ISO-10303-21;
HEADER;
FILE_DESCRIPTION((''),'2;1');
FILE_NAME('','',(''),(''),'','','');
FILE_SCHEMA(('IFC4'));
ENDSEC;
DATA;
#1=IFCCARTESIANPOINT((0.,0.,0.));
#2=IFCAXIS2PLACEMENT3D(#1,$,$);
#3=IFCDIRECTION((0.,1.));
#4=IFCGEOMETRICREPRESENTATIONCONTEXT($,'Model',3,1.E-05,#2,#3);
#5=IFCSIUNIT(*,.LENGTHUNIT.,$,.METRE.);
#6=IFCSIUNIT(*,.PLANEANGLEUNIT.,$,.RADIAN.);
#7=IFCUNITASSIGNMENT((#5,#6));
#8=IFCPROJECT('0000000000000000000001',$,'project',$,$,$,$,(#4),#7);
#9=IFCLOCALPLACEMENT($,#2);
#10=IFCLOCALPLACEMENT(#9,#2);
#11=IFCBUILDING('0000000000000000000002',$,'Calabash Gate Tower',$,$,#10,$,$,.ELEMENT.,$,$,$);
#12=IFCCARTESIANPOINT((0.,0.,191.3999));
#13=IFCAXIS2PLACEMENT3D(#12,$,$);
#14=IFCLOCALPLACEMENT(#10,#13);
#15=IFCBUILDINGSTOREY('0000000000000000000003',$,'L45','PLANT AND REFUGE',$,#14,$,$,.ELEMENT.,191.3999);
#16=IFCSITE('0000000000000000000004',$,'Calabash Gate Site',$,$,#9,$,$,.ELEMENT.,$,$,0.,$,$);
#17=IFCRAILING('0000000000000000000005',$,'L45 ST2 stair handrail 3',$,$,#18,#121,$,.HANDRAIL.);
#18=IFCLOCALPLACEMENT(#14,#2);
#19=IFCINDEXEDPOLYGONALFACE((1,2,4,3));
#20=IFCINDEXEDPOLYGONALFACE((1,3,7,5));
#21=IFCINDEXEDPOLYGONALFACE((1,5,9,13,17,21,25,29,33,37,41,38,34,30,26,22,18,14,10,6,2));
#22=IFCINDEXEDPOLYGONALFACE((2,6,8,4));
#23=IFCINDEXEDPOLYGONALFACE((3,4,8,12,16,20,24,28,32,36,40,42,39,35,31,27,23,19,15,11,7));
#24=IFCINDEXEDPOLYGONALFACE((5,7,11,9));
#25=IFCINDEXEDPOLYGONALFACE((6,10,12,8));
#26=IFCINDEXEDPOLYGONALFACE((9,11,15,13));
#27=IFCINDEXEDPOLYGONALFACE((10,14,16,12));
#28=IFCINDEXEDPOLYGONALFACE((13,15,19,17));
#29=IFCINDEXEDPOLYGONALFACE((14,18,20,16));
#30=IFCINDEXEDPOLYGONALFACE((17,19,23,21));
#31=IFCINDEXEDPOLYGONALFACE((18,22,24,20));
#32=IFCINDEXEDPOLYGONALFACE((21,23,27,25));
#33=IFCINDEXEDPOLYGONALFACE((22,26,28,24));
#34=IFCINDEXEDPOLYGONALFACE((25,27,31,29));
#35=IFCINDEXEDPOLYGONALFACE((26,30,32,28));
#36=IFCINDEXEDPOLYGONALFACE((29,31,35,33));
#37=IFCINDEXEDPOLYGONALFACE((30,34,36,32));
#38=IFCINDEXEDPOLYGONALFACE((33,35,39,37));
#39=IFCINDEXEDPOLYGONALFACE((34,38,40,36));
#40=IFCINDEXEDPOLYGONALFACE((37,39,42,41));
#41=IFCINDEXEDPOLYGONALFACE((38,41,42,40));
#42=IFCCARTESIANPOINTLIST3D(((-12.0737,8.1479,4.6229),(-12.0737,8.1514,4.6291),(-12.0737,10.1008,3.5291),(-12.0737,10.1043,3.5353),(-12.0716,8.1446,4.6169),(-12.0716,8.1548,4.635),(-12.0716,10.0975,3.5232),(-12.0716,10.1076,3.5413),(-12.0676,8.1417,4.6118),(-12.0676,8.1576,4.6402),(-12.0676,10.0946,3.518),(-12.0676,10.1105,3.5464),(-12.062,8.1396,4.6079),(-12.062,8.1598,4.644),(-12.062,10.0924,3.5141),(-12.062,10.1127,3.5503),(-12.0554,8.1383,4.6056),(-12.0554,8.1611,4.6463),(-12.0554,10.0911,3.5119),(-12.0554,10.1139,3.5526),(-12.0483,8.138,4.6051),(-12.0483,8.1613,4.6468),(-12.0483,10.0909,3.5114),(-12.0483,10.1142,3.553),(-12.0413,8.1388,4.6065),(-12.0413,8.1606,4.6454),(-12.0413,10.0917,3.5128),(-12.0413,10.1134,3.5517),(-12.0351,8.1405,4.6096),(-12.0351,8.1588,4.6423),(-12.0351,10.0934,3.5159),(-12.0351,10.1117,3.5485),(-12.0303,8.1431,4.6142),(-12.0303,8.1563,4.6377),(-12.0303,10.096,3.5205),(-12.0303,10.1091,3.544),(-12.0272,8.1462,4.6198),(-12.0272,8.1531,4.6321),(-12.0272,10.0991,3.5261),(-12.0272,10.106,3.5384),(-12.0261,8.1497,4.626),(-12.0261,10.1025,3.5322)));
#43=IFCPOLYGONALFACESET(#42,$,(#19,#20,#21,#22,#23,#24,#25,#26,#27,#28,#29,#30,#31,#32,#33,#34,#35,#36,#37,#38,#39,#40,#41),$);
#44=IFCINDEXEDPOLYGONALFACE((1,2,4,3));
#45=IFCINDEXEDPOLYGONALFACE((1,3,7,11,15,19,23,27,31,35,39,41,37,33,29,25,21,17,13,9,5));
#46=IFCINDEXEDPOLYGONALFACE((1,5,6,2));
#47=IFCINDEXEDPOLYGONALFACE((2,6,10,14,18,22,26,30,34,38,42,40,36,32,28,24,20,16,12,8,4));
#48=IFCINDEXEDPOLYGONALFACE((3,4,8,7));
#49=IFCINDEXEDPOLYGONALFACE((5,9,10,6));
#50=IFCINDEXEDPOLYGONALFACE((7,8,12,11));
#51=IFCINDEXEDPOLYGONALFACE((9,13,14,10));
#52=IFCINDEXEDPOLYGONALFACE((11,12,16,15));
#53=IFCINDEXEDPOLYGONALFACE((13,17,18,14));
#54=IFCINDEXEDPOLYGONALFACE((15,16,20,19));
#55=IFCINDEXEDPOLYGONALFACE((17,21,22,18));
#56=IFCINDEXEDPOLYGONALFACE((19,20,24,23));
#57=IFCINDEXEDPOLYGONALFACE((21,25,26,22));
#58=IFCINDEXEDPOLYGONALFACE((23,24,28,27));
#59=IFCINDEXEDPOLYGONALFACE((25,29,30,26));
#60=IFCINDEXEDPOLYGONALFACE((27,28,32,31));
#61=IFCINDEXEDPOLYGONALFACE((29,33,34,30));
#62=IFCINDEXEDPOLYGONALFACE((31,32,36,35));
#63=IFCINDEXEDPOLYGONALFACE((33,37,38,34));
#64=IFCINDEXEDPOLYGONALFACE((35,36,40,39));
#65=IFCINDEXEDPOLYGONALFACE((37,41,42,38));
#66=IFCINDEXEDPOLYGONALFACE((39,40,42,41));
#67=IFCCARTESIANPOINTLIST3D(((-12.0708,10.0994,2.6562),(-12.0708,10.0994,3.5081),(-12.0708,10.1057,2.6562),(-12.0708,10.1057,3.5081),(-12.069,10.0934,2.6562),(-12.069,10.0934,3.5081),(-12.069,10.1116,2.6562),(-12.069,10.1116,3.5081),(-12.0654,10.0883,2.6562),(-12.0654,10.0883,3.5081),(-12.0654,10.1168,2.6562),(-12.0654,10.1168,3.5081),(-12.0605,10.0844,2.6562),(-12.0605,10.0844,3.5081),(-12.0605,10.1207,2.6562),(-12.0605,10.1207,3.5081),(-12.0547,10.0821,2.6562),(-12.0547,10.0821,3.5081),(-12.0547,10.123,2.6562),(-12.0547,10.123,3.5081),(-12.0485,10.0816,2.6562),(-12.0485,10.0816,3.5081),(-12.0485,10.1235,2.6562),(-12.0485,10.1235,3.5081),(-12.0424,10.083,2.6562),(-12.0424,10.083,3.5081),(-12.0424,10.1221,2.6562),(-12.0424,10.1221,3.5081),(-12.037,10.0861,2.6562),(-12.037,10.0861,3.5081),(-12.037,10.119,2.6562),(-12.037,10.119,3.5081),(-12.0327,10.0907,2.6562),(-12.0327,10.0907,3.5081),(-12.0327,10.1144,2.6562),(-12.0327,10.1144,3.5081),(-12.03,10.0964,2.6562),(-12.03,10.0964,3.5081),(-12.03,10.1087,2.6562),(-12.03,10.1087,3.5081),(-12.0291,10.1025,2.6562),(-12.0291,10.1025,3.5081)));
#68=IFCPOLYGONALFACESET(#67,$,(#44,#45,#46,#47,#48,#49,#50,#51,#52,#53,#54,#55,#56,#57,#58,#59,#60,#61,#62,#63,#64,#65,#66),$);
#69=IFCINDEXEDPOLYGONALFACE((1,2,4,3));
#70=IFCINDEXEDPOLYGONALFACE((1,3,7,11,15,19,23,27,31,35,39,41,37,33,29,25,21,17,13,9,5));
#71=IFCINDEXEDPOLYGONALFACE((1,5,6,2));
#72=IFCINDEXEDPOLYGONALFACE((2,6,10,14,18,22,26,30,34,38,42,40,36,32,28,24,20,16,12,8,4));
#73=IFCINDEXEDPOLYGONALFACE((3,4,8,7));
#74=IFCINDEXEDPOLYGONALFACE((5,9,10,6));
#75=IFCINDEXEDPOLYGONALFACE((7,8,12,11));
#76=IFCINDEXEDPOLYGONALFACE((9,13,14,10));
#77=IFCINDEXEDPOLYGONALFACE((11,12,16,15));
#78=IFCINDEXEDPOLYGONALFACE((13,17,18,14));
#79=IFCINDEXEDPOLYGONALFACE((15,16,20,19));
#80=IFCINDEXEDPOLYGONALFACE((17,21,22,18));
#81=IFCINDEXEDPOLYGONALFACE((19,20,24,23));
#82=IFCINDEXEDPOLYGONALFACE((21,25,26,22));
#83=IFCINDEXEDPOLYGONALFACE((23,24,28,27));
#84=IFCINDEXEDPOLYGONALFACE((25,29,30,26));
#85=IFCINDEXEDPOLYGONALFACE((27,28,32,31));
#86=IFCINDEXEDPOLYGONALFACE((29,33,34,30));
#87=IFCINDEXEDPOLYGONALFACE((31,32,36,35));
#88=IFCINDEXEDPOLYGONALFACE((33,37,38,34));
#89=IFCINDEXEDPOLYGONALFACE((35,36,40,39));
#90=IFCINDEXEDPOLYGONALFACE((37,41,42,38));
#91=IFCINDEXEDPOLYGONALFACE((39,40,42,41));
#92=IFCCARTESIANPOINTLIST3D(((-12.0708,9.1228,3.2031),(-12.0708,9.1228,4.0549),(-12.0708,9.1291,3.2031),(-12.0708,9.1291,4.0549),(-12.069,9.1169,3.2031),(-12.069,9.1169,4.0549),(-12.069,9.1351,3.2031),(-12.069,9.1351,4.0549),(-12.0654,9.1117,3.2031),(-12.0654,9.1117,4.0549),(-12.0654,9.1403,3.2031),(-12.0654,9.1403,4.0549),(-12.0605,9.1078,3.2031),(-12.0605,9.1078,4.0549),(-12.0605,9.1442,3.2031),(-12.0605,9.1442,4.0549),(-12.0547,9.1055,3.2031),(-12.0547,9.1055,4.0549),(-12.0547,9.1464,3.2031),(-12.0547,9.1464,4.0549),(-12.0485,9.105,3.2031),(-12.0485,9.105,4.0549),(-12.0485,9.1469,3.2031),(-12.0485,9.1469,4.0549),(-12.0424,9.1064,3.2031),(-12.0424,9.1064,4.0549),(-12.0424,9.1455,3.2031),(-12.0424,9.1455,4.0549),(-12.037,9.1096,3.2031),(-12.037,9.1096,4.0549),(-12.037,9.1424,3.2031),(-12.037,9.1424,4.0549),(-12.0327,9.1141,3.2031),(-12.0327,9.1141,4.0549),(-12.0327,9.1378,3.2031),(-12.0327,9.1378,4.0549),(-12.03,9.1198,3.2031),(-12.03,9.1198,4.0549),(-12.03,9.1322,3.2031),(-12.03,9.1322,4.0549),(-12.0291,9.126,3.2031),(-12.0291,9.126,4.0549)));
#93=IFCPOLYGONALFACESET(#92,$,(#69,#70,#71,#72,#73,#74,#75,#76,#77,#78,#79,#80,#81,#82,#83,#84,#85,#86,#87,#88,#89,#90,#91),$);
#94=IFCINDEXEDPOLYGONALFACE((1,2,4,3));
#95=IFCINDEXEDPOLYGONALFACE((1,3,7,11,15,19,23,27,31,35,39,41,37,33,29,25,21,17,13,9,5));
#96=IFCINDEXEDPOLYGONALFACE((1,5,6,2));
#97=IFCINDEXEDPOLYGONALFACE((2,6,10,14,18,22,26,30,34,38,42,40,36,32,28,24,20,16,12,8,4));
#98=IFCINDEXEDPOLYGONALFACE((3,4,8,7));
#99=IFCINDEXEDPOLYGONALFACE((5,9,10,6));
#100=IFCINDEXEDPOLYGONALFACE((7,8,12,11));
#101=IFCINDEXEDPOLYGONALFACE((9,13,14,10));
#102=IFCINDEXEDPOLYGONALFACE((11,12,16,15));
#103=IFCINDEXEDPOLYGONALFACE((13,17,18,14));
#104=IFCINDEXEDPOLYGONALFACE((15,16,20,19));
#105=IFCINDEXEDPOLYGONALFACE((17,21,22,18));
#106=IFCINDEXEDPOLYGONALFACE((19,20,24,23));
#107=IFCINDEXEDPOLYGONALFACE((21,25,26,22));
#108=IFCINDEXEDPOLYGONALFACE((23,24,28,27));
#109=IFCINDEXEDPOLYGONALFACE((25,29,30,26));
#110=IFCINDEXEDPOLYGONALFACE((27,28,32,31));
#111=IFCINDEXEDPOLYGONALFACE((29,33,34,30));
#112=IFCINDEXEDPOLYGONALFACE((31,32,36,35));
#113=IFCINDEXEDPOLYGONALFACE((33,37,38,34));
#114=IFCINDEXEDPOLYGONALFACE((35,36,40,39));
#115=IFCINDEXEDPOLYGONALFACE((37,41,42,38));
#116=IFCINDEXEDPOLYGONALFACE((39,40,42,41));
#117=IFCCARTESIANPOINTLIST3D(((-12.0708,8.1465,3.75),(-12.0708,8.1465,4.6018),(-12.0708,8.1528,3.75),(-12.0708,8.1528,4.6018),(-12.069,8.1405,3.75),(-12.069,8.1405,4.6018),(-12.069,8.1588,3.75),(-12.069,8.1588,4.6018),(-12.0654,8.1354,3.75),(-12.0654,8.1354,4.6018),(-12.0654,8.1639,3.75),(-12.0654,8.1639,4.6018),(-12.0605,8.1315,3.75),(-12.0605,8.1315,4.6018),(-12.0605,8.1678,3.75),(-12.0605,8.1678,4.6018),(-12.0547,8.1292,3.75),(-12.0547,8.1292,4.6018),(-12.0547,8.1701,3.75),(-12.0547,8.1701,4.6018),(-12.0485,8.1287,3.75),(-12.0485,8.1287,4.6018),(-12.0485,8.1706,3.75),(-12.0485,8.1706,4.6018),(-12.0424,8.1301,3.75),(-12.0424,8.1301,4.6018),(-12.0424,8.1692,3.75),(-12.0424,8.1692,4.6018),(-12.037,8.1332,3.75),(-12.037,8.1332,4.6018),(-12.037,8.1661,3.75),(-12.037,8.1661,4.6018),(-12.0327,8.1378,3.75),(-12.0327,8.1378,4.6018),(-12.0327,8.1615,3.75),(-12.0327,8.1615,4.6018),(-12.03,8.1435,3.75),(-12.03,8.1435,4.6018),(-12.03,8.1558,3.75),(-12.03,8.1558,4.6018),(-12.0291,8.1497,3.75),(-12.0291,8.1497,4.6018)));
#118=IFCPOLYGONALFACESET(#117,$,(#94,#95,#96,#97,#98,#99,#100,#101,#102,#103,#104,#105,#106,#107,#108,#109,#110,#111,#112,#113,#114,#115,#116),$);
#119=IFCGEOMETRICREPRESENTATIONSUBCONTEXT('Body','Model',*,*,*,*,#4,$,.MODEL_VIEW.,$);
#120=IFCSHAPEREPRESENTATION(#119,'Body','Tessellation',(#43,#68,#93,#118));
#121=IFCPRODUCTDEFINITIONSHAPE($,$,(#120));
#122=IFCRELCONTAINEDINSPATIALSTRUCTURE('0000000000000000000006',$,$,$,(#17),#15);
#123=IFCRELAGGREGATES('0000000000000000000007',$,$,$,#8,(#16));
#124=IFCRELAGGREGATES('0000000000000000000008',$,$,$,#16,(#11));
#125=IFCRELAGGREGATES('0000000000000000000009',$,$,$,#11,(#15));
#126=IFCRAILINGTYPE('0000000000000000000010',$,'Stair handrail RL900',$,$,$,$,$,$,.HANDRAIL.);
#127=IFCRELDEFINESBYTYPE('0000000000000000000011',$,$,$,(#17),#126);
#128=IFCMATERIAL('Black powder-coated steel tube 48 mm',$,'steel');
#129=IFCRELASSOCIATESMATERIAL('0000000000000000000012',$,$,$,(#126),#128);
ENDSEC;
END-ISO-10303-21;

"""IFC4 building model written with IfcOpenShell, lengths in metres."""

from ifc_helpers import new_model, si_unit, direction, frame, origin, origin_2d, place, context, subcontext, project, spatial, circle, extrude, material, type_object, element, save


model = new_model("IFC4")

# Units and contexts
model_context = context("Model", 3, precision=1e-05, world=origin(), true_north=direction((0.0, 1.0)))
body_context = subcontext(model_context, "Body", "Model", "MODEL_VIEW")
ifc_project = project(units=[si_unit("LENGTHUNIT", "METRE"), si_unit("PLANEANGLEUNIT", "RADIAN")], contexts=[model_context])

# Site, building, storey
site_placement = place(None, origin())
site = spatial("IfcSite", under=ifc_project, at=site_placement, Name="Calabash Gate Site", CompositionType="ELEMENT", RefElevation=0.0)
building_placement = place(site_placement, origin())
building = spatial("IfcBuilding", under=site, at=building_placement, Name="Calabash Gate Tower", CompositionType="ELEMENT")
storey_placement = place(building_placement, frame((0.0, 0.0, 191.3999)))
storey = spatial("IfcBuildingStorey", under=building, at=storey_placement, Name="L45", Description="PLANT AND REFUGE", CompositionType="ELEMENT", Elevation=191.3999)

# Railing
ifc_material_1 = material(Name="Black powder-coated steel tube 48 mm", Category="steel")
railing_type_1 = type_object("IfcRailingType", Name="Stair handrail RL900", PredefinedType="HANDRAIL", material=ifc_material_1)
railing_1_placement = place(storey_placement, frame((-12.05, 10.1025, 2.6562)))
element("IfcRailing", 1, at=railing_1_placement, inside=storey, type_object=railing_type_1, Name="L45 ST2 stair handrail 3", PredefinedType="HANDRAIL", context=body_context, shape_type="SweptSolid", body=[
    extrude(circle(Radius=0.0239, at=origin_2d()), frame((0.0, 0.0, 0.876), z_axis=(0.0, -0.87248, 0.48865), x_axis=(1.0, 0.0, 0.0)), (0.0, 0.0, 1.0), 2.2383),
    extrude(circle(Radius=0.021, at=origin_2d()), origin(), (0.0, 0.0, 1.0), 0.8518),
    extrude(circle(Radius=0.021, at=origin_2d()), frame((0.0, -0.9766, 0.5469)), (0.0, 0.0, 1.0), 0.8518),
    extrude(circle(Radius=0.021, at=origin_2d()), frame((0.0, -1.9529, 1.0938)), (0.0, 0.0, 1.0), 0.8518),
])

save(model, "model.ifc")
